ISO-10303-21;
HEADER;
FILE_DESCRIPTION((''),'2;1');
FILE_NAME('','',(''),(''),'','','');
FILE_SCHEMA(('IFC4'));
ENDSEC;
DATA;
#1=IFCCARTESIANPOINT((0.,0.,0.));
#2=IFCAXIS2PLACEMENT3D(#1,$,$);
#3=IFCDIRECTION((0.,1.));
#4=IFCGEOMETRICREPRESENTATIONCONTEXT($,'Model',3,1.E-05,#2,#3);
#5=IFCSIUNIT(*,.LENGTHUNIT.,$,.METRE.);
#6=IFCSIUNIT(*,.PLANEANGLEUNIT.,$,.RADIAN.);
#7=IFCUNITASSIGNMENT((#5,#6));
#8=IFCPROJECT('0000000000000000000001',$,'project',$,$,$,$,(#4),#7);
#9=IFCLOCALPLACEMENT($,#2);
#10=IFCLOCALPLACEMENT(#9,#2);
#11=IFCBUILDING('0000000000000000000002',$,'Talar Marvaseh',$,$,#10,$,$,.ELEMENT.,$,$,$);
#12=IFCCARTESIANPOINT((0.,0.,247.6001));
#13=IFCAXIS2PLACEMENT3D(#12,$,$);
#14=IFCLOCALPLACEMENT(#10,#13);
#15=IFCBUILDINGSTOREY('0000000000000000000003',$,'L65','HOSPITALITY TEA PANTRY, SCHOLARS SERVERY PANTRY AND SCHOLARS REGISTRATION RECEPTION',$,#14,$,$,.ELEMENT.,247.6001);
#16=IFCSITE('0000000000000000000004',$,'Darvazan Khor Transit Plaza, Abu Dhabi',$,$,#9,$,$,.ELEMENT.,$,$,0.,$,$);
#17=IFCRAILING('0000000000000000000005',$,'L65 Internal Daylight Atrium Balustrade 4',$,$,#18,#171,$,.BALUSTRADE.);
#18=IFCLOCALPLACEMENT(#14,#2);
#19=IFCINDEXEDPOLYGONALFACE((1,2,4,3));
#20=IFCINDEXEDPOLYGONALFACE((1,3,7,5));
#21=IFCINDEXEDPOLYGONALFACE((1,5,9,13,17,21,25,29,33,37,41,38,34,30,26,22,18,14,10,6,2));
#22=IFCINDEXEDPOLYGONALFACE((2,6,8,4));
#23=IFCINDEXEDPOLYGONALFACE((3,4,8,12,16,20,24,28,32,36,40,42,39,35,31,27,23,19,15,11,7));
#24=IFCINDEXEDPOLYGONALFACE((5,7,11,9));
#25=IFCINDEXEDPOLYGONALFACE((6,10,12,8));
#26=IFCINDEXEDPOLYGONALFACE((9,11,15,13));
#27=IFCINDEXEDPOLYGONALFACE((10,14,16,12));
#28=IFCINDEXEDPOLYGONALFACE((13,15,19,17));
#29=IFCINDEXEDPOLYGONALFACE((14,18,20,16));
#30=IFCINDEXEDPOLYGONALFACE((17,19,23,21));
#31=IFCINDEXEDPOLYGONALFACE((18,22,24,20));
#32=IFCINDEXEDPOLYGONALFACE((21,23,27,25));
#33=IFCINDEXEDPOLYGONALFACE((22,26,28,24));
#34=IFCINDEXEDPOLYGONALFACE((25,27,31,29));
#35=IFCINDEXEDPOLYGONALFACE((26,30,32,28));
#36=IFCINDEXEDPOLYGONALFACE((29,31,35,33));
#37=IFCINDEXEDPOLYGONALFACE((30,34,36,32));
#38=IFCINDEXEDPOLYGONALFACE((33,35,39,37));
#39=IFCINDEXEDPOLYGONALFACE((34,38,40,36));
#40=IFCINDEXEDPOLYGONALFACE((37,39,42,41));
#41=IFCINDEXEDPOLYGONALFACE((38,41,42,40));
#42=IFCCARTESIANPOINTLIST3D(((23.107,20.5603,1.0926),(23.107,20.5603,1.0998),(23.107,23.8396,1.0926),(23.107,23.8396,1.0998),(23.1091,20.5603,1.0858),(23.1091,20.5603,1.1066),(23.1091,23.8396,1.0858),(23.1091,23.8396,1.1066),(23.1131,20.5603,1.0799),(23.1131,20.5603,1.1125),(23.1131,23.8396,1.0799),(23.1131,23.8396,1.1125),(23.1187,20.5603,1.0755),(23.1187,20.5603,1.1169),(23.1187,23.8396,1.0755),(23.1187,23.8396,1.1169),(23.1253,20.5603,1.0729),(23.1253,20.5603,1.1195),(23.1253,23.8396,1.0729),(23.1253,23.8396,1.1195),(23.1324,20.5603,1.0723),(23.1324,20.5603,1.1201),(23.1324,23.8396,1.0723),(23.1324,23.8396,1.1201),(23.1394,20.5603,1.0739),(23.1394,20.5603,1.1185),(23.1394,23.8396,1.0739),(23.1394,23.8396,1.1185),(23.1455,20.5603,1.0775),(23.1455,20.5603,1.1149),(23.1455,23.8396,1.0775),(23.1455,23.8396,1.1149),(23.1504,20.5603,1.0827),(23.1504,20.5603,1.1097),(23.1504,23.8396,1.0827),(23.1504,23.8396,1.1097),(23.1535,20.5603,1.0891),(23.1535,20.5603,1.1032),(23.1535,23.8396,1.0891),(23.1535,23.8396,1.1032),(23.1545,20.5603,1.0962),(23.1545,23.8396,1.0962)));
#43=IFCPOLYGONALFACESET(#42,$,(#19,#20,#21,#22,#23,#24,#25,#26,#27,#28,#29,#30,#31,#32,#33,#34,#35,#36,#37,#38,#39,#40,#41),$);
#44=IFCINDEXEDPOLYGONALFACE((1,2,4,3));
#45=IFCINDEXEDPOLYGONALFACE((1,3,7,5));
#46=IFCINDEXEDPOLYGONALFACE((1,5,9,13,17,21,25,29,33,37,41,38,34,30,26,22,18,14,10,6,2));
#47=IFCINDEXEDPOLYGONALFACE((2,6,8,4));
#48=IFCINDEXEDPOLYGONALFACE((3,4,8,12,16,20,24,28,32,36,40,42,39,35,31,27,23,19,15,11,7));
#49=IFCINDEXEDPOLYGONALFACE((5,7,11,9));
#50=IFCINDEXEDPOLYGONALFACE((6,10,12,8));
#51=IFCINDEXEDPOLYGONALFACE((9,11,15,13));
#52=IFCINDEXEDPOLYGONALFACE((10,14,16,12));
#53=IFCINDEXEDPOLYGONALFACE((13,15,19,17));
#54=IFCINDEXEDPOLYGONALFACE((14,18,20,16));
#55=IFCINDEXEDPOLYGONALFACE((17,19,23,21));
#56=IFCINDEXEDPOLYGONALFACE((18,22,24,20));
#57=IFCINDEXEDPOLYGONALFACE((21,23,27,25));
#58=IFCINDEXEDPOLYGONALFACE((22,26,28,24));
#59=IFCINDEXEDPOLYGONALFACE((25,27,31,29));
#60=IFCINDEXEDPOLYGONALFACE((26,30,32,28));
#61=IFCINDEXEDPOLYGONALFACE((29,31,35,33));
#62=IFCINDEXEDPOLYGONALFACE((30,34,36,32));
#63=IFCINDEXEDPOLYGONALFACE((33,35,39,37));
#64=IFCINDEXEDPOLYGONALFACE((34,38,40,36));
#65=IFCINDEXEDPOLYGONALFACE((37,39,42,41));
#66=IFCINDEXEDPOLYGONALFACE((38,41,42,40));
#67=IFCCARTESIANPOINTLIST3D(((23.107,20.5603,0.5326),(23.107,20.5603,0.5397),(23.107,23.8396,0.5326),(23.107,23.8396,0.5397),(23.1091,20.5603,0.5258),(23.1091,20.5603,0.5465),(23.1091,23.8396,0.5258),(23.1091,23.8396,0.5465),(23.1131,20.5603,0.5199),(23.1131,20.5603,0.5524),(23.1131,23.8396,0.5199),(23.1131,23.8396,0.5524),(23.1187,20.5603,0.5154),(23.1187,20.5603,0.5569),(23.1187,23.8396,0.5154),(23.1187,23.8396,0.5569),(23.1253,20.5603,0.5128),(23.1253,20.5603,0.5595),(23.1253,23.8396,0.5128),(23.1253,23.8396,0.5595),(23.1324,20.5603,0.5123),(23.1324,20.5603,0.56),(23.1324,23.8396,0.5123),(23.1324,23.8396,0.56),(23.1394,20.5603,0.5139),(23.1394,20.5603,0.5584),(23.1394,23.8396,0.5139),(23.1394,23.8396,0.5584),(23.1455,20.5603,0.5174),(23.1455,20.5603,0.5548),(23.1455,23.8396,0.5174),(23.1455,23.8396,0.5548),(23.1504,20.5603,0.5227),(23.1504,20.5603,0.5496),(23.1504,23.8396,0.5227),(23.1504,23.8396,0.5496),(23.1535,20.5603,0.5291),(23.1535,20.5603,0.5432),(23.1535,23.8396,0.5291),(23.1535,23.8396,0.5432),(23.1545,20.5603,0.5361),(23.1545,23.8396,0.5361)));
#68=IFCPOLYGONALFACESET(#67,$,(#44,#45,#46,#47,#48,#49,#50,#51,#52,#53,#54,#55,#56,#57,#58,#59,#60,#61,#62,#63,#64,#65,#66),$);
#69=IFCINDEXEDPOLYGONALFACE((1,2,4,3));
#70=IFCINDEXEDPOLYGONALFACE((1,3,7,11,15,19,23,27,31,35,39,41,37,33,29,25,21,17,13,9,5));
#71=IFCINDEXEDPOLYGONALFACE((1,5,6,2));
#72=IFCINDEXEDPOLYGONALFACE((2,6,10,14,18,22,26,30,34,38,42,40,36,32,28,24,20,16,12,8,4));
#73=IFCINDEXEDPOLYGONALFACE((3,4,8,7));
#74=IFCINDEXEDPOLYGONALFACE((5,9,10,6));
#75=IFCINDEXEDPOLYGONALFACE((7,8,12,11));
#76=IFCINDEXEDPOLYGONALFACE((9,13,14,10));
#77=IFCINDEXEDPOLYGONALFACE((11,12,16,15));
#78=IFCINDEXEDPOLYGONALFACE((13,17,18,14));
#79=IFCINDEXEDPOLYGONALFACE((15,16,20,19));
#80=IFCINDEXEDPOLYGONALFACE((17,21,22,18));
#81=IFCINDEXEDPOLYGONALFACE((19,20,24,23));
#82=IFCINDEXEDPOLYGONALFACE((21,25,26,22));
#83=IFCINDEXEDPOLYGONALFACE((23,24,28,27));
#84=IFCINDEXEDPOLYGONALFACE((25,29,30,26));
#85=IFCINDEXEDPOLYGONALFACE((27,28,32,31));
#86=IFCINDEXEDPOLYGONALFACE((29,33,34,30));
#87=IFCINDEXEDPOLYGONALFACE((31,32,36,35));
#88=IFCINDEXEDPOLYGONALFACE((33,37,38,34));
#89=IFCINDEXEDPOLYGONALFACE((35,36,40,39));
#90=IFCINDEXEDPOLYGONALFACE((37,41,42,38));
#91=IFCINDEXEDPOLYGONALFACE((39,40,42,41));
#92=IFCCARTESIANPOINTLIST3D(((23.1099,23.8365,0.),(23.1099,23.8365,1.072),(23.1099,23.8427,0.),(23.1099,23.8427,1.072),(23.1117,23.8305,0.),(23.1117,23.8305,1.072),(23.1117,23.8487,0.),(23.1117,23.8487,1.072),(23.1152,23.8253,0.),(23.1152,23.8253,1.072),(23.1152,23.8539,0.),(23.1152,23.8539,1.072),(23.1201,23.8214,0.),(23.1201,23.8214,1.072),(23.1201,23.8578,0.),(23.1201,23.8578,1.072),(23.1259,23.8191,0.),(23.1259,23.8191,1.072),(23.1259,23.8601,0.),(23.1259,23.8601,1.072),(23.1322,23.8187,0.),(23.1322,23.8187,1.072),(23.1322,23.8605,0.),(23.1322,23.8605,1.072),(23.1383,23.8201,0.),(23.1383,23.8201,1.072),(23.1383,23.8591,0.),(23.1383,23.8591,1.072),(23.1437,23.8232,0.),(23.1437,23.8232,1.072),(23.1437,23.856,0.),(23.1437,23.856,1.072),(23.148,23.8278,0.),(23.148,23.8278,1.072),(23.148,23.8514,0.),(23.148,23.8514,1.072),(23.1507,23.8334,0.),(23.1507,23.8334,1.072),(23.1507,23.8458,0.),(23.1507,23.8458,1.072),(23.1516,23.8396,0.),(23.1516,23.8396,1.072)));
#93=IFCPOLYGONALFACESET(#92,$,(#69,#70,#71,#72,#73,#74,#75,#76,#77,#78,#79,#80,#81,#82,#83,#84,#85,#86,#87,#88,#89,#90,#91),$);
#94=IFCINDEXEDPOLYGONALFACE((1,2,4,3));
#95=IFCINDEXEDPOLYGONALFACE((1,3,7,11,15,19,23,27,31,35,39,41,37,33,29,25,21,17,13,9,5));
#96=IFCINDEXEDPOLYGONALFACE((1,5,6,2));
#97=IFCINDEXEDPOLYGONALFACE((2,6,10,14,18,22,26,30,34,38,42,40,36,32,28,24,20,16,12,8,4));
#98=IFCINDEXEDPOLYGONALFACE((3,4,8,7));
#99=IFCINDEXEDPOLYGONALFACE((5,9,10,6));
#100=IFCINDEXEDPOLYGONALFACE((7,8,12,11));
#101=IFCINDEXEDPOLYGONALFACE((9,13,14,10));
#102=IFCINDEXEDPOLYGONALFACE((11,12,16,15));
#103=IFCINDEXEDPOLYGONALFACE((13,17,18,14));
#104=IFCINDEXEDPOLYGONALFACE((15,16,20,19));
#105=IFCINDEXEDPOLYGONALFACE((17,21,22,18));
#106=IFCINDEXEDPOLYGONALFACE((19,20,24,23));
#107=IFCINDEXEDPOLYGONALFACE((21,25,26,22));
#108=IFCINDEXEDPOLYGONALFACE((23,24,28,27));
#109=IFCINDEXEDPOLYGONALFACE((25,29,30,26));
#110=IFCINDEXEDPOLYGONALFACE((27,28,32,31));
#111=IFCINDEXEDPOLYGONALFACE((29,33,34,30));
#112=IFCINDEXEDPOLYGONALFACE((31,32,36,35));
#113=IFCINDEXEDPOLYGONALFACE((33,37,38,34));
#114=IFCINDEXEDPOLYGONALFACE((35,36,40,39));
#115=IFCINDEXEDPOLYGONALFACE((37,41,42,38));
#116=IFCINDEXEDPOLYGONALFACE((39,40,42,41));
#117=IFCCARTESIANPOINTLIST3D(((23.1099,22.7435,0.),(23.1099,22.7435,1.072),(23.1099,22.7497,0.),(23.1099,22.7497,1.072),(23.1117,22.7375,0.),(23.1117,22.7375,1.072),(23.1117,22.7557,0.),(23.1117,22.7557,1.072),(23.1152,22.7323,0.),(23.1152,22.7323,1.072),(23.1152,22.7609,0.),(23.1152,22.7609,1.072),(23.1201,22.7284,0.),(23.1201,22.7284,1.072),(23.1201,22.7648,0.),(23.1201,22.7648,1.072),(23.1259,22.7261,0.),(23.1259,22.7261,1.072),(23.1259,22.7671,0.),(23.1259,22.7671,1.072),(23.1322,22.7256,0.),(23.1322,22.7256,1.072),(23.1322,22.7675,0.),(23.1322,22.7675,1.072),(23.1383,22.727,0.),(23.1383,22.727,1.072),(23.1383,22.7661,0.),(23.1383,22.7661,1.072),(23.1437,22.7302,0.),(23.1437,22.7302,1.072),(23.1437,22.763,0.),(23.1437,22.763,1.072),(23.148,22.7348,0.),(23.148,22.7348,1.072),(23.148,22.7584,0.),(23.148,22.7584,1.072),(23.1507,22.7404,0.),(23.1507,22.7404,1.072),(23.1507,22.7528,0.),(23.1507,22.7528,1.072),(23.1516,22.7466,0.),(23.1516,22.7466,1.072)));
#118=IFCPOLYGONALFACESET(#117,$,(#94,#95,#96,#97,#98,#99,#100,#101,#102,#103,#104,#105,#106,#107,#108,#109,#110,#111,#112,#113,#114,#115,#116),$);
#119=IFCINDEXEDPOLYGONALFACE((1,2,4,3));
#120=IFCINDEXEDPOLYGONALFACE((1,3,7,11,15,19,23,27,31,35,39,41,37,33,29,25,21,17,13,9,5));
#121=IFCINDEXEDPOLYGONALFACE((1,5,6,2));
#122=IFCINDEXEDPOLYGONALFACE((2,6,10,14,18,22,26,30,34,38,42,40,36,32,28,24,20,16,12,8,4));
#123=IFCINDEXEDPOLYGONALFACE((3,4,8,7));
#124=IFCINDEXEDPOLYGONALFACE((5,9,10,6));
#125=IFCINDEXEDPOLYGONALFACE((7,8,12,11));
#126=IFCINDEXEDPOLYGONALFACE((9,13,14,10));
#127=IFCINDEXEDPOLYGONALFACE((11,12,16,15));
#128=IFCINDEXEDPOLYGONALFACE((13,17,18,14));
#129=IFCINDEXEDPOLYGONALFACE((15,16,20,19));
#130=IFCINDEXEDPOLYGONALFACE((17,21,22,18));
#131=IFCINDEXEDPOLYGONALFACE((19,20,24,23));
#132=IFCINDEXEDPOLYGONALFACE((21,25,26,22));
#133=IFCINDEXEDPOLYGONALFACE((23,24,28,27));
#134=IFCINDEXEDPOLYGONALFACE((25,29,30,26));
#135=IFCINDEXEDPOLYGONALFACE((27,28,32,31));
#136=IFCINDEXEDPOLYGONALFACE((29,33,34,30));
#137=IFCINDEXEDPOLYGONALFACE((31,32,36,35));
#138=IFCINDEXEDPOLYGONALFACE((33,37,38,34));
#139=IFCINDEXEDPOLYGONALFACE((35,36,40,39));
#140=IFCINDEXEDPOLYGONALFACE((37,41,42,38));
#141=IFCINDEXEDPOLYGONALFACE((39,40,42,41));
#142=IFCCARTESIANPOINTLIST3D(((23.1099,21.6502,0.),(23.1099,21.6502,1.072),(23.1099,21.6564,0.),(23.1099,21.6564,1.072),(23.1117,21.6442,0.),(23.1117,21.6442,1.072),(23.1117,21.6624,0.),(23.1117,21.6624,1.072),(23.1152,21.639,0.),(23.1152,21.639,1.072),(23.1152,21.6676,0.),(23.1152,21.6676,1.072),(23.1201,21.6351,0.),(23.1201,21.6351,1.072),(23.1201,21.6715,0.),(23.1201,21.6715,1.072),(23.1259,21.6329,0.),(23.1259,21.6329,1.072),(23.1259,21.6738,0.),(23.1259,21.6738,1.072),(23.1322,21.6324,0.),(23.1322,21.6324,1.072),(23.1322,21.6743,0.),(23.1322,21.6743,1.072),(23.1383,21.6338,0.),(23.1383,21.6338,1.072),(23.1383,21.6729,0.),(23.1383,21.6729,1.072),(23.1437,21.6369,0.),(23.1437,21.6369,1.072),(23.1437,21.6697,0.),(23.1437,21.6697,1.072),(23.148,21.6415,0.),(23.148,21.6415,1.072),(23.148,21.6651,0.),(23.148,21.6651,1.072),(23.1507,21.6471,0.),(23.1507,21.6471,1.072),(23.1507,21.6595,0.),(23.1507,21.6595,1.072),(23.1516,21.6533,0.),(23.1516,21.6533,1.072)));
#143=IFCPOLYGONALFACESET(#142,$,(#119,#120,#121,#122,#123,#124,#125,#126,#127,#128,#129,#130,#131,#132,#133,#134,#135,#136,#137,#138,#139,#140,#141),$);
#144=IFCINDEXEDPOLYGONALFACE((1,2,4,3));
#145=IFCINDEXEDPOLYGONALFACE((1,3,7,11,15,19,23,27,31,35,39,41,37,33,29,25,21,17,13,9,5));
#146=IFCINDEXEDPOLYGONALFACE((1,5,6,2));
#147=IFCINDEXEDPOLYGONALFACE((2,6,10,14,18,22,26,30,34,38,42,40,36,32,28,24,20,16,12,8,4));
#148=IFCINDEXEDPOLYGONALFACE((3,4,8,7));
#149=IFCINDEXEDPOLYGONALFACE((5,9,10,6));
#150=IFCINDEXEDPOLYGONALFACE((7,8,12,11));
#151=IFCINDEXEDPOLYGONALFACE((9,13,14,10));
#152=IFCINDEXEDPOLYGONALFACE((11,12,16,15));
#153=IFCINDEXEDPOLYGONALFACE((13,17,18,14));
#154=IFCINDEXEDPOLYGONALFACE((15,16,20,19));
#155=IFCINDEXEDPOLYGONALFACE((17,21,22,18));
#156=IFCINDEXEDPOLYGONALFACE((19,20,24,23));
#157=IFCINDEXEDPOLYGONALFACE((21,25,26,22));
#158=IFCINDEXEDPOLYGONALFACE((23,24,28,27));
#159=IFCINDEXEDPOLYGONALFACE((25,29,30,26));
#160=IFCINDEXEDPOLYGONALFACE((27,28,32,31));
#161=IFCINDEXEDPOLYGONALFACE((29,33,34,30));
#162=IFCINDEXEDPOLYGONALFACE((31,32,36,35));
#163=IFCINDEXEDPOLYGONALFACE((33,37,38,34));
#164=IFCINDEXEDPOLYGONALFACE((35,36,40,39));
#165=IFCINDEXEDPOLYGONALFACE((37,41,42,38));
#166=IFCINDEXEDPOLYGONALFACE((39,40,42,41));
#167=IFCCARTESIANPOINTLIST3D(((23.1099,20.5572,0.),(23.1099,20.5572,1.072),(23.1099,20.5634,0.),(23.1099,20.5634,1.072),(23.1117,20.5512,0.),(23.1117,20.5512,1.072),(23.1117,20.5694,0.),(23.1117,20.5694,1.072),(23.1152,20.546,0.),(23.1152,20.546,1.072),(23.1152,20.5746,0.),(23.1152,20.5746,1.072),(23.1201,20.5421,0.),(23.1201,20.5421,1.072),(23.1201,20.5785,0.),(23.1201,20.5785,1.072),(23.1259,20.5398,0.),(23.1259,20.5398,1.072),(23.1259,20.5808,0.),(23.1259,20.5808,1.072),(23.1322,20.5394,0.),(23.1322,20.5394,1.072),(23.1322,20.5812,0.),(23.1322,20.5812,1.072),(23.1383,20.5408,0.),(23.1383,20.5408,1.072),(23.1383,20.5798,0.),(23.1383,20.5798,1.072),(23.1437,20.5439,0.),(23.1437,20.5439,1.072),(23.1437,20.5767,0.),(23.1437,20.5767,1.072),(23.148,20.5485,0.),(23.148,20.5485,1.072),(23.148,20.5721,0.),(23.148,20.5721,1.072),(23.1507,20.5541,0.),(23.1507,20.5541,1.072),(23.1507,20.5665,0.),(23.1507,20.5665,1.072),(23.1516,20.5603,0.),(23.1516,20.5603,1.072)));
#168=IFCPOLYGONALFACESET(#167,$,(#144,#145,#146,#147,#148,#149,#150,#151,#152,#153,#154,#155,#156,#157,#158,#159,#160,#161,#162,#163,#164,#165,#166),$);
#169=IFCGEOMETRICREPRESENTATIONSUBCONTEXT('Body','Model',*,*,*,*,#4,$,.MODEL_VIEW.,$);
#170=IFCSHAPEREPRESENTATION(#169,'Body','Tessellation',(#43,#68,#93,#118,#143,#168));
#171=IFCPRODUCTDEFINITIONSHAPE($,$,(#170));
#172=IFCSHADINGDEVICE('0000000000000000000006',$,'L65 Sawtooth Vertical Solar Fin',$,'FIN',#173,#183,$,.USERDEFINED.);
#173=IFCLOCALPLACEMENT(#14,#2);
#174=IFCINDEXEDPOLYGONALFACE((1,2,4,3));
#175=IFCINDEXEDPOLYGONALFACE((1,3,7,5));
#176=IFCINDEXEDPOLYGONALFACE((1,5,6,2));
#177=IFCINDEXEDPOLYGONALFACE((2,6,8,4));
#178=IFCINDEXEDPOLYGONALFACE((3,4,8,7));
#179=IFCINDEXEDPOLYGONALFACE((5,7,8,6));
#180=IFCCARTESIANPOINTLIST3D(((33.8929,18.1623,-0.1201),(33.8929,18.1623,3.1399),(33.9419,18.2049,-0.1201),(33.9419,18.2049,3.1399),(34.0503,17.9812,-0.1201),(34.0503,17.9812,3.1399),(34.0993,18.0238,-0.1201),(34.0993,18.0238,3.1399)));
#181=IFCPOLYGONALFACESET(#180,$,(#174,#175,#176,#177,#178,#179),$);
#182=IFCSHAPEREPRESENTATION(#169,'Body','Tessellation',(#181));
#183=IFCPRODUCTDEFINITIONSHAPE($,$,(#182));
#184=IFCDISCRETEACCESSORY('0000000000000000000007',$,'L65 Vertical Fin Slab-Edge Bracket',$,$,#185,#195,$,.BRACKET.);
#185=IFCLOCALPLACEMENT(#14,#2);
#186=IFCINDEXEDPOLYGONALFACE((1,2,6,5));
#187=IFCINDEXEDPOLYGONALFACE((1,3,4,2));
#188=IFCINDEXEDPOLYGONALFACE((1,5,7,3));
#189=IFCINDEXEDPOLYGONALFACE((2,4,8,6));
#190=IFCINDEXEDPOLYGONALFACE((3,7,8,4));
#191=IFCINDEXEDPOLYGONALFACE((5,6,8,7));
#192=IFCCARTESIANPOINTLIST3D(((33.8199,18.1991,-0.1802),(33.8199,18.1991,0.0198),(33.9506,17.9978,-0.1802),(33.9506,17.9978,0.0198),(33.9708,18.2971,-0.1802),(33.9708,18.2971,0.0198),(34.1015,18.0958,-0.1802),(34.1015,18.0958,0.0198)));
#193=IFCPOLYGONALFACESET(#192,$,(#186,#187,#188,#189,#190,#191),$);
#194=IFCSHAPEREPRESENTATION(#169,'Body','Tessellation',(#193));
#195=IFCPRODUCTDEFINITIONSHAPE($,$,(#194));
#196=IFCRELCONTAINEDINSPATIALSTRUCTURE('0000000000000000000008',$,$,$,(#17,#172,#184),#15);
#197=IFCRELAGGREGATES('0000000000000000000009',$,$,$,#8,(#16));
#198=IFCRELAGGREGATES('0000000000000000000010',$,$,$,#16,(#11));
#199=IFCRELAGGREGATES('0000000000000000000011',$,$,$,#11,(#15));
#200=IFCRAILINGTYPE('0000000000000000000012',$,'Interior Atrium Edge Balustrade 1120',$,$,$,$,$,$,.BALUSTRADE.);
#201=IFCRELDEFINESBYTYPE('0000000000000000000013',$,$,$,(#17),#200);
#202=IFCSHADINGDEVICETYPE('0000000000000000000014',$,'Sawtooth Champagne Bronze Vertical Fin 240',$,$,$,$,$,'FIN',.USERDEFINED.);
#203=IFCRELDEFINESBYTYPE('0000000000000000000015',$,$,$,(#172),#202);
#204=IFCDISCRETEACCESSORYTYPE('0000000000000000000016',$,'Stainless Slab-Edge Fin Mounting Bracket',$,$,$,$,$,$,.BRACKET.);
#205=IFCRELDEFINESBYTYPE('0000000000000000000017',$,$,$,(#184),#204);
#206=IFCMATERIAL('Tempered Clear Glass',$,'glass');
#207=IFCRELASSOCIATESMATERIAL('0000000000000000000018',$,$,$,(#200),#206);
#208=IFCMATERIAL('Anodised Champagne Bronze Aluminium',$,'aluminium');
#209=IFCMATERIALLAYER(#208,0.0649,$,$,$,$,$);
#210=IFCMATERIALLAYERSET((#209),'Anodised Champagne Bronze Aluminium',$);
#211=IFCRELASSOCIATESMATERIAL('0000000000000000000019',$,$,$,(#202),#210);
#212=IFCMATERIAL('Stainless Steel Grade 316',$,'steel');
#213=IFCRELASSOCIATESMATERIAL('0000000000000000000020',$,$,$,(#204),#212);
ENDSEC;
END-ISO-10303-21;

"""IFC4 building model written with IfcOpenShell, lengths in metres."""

from ifc_helpers import new_model, si_unit, direction, frame, origin, origin_2d, place, context, subcontext, project, spatial, rectangle, circle, extrude, source, transform, mapped, material, layer, layer_set, type_object, type_shapes, element, save


model = new_model("IFC4")

# Units and contexts
model_context = context("Model", 3, precision=1e-05, world=origin(), true_north=direction((0.0, 1.0)))
body_context = subcontext(model_context, "Body", "Model", "MODEL_VIEW")
ifc_project = project(units=[si_unit("LENGTHUNIT", "METRE"), si_unit("PLANEANGLEUNIT", "RADIAN")], contexts=[model_context])

# Site, building, storey
site_placement = place(None, origin())
site = spatial("IfcSite", under=ifc_project, at=site_placement, Name="Darvazan Khor Transit Plaza, Abu Dhabi", CompositionType="ELEMENT", RefElevation=0.0)
building_placement = place(site_placement, origin())
building = spatial("IfcBuilding", under=site, at=building_placement, Name="Talar Marvaseh", CompositionType="ELEMENT")
storey_placement = place(building_placement, frame((0.0, 0.0, 247.6001)))
storey = spatial("IfcBuildingStorey", under=building, at=storey_placement, Name="L65", Description="HOSPITALITY TEA PANTRY, SCHOLARS SERVERY PANTRY AND SCHOLARS REGISTRATION RECEPTION", CompositionType="ELEMENT", Elevation=247.6001)

# Railing
ifc_material_1 = material(Name="Tempered Clear Glass", Category="glass")
railing_type = type_object("IfcRailingType", Name="Interior Atrium Edge Balustrade 1120", PredefinedType="BALUSTRADE", material=ifc_material_1)
railing_1_placement = place(storey_placement, frame((23.1306, 23.8396, 0.0)))
element("IfcRailing", 1, at=railing_1_placement, inside=storey, type_object=railing_type, Name="L65 Internal Daylight Atrium Balustrade 4", PredefinedType="BALUSTRADE", context=body_context, shape_type="SweptSolid", body=[
    extrude(circle(Radius=0.0239, at=origin_2d()), frame((0.0, 0.0, 1.0962), z_axis=(0.0, -1.0, 0.0), x_axis=(1.0, 0.0, 0.0)), (0.0, 0.0, 1.0), 3.2793),
    extrude(circle(Radius=0.0239, at=origin_2d()), frame((0.0, 0.0, 0.5361), z_axis=(0.0, -1.0, 0.0), x_axis=(1.0, 0.0, 0.0)), (0.0, 0.0, 1.0), 3.2793),
    extrude(circle(Radius=0.021, at=origin_2d()), origin(), (0.0, 0.0, 1.0), 1.072),
    extrude(circle(Radius=0.021, at=origin_2d()), frame((0.0, -1.093, 0.0)), (0.0, 0.0, 1.0), 1.072),
    extrude(circle(Radius=0.021, at=origin_2d()), frame((0.0, -2.1863, 0.0)), (0.0, 0.0, 1.0), 1.072),
    extrude(circle(Radius=0.021, at=origin_2d()), frame((0.0, -3.2793, 0.0)), (0.0, 0.0, 1.0), 1.072),
])

# Shading device
ifc_material_2 = material(Name="Anodised Champagne Bronze Aluminium", Category="aluminium")
ifc_layer_1 = layer(ifc_material_2, 0.0649)
ifc_layer_set_1 = layer_set([ifc_layer_1], Name="Anodised Champagne Bronze Aluminium")
shading_device_type = type_object("IfcShadingDeviceType", Name="Sawtooth Champagne Bronze Vertical Fin 240", ElementType="FIN", PredefinedType="USERDEFINED", material=ifc_layer_set_1)
shared_shape_1 = source(origin(), body_context, "Body", "SweptSolid", [
    extrude(rectangle(XDim=0.24, YDim=0.0649, at=origin_2d()), origin(), (0.0, 0.0, 1.0), 3.26),
])
type_shapes(shading_device_type, [shared_shape_1])
shading_device_placement = place(storey_placement, frame((33.9961, 18.093, -0.1201), z_axis=(0.0, 0.0, 1.0), x_axis=(0.656191, -0.754595, 0.0)))
element("IfcShadingDevice", 2, at=shading_device_placement, inside=storey, type_object=shading_device_type, Name="L65 Sawtooth Vertical Solar Fin", ObjectType="FIN", PredefinedType="USERDEFINED", context=body_context, shape_type="MappedRepresentation", body=[
    mapped(shared_shape_1, transform((0.0, 0.0, 0.0), x_axis=(1.0, 0.0, 0.0), y_axis=(0.0, 1.0, 0.0), z_axis=(0.0, 0.0, 1.0), scale=1.0)),
])

# Discrete accessory
ifc_material_3 = material(Name="Stainless Steel Grade 316", Category="steel")
discrete_accessory_type = type_object("IfcDiscreteAccessoryType", Name="Stainless Slab-Edge Fin Mounting Bracket", PredefinedType="BRACKET", material=ifc_material_3)
shared_shape_2 = source(origin(), body_context, "Body", "SweptSolid", [
    extrude(rectangle(XDim=0.24, YDim=0.1799, at=origin_2d()), origin(), (0.0, 0.0, 1.0), 0.2),
])
type_shapes(discrete_accessory_type, [shared_shape_2])
discrete_accessory_placement = place(storey_placement, frame((33.9607, 18.1475, -0.1802), z_axis=(0.0, 0.0, 1.0), x_axis=(0.544785, -0.838575, 0.0)))
element("IfcDiscreteAccessory", 3, at=discrete_accessory_placement, inside=storey, type_object=discrete_accessory_type, Name="L65 Vertical Fin Slab-Edge Bracket", PredefinedType="BRACKET", context=body_context, shape_type="MappedRepresentation", body=[
    mapped(shared_shape_2, transform((0.0, 0.0, 0.0), x_axis=(1.0, 0.0, 0.0), y_axis=(0.0, 1.0, 0.0), z_axis=(0.0, 0.0, 1.0), scale=1.0)),
])

save(model, "model.ifc")
